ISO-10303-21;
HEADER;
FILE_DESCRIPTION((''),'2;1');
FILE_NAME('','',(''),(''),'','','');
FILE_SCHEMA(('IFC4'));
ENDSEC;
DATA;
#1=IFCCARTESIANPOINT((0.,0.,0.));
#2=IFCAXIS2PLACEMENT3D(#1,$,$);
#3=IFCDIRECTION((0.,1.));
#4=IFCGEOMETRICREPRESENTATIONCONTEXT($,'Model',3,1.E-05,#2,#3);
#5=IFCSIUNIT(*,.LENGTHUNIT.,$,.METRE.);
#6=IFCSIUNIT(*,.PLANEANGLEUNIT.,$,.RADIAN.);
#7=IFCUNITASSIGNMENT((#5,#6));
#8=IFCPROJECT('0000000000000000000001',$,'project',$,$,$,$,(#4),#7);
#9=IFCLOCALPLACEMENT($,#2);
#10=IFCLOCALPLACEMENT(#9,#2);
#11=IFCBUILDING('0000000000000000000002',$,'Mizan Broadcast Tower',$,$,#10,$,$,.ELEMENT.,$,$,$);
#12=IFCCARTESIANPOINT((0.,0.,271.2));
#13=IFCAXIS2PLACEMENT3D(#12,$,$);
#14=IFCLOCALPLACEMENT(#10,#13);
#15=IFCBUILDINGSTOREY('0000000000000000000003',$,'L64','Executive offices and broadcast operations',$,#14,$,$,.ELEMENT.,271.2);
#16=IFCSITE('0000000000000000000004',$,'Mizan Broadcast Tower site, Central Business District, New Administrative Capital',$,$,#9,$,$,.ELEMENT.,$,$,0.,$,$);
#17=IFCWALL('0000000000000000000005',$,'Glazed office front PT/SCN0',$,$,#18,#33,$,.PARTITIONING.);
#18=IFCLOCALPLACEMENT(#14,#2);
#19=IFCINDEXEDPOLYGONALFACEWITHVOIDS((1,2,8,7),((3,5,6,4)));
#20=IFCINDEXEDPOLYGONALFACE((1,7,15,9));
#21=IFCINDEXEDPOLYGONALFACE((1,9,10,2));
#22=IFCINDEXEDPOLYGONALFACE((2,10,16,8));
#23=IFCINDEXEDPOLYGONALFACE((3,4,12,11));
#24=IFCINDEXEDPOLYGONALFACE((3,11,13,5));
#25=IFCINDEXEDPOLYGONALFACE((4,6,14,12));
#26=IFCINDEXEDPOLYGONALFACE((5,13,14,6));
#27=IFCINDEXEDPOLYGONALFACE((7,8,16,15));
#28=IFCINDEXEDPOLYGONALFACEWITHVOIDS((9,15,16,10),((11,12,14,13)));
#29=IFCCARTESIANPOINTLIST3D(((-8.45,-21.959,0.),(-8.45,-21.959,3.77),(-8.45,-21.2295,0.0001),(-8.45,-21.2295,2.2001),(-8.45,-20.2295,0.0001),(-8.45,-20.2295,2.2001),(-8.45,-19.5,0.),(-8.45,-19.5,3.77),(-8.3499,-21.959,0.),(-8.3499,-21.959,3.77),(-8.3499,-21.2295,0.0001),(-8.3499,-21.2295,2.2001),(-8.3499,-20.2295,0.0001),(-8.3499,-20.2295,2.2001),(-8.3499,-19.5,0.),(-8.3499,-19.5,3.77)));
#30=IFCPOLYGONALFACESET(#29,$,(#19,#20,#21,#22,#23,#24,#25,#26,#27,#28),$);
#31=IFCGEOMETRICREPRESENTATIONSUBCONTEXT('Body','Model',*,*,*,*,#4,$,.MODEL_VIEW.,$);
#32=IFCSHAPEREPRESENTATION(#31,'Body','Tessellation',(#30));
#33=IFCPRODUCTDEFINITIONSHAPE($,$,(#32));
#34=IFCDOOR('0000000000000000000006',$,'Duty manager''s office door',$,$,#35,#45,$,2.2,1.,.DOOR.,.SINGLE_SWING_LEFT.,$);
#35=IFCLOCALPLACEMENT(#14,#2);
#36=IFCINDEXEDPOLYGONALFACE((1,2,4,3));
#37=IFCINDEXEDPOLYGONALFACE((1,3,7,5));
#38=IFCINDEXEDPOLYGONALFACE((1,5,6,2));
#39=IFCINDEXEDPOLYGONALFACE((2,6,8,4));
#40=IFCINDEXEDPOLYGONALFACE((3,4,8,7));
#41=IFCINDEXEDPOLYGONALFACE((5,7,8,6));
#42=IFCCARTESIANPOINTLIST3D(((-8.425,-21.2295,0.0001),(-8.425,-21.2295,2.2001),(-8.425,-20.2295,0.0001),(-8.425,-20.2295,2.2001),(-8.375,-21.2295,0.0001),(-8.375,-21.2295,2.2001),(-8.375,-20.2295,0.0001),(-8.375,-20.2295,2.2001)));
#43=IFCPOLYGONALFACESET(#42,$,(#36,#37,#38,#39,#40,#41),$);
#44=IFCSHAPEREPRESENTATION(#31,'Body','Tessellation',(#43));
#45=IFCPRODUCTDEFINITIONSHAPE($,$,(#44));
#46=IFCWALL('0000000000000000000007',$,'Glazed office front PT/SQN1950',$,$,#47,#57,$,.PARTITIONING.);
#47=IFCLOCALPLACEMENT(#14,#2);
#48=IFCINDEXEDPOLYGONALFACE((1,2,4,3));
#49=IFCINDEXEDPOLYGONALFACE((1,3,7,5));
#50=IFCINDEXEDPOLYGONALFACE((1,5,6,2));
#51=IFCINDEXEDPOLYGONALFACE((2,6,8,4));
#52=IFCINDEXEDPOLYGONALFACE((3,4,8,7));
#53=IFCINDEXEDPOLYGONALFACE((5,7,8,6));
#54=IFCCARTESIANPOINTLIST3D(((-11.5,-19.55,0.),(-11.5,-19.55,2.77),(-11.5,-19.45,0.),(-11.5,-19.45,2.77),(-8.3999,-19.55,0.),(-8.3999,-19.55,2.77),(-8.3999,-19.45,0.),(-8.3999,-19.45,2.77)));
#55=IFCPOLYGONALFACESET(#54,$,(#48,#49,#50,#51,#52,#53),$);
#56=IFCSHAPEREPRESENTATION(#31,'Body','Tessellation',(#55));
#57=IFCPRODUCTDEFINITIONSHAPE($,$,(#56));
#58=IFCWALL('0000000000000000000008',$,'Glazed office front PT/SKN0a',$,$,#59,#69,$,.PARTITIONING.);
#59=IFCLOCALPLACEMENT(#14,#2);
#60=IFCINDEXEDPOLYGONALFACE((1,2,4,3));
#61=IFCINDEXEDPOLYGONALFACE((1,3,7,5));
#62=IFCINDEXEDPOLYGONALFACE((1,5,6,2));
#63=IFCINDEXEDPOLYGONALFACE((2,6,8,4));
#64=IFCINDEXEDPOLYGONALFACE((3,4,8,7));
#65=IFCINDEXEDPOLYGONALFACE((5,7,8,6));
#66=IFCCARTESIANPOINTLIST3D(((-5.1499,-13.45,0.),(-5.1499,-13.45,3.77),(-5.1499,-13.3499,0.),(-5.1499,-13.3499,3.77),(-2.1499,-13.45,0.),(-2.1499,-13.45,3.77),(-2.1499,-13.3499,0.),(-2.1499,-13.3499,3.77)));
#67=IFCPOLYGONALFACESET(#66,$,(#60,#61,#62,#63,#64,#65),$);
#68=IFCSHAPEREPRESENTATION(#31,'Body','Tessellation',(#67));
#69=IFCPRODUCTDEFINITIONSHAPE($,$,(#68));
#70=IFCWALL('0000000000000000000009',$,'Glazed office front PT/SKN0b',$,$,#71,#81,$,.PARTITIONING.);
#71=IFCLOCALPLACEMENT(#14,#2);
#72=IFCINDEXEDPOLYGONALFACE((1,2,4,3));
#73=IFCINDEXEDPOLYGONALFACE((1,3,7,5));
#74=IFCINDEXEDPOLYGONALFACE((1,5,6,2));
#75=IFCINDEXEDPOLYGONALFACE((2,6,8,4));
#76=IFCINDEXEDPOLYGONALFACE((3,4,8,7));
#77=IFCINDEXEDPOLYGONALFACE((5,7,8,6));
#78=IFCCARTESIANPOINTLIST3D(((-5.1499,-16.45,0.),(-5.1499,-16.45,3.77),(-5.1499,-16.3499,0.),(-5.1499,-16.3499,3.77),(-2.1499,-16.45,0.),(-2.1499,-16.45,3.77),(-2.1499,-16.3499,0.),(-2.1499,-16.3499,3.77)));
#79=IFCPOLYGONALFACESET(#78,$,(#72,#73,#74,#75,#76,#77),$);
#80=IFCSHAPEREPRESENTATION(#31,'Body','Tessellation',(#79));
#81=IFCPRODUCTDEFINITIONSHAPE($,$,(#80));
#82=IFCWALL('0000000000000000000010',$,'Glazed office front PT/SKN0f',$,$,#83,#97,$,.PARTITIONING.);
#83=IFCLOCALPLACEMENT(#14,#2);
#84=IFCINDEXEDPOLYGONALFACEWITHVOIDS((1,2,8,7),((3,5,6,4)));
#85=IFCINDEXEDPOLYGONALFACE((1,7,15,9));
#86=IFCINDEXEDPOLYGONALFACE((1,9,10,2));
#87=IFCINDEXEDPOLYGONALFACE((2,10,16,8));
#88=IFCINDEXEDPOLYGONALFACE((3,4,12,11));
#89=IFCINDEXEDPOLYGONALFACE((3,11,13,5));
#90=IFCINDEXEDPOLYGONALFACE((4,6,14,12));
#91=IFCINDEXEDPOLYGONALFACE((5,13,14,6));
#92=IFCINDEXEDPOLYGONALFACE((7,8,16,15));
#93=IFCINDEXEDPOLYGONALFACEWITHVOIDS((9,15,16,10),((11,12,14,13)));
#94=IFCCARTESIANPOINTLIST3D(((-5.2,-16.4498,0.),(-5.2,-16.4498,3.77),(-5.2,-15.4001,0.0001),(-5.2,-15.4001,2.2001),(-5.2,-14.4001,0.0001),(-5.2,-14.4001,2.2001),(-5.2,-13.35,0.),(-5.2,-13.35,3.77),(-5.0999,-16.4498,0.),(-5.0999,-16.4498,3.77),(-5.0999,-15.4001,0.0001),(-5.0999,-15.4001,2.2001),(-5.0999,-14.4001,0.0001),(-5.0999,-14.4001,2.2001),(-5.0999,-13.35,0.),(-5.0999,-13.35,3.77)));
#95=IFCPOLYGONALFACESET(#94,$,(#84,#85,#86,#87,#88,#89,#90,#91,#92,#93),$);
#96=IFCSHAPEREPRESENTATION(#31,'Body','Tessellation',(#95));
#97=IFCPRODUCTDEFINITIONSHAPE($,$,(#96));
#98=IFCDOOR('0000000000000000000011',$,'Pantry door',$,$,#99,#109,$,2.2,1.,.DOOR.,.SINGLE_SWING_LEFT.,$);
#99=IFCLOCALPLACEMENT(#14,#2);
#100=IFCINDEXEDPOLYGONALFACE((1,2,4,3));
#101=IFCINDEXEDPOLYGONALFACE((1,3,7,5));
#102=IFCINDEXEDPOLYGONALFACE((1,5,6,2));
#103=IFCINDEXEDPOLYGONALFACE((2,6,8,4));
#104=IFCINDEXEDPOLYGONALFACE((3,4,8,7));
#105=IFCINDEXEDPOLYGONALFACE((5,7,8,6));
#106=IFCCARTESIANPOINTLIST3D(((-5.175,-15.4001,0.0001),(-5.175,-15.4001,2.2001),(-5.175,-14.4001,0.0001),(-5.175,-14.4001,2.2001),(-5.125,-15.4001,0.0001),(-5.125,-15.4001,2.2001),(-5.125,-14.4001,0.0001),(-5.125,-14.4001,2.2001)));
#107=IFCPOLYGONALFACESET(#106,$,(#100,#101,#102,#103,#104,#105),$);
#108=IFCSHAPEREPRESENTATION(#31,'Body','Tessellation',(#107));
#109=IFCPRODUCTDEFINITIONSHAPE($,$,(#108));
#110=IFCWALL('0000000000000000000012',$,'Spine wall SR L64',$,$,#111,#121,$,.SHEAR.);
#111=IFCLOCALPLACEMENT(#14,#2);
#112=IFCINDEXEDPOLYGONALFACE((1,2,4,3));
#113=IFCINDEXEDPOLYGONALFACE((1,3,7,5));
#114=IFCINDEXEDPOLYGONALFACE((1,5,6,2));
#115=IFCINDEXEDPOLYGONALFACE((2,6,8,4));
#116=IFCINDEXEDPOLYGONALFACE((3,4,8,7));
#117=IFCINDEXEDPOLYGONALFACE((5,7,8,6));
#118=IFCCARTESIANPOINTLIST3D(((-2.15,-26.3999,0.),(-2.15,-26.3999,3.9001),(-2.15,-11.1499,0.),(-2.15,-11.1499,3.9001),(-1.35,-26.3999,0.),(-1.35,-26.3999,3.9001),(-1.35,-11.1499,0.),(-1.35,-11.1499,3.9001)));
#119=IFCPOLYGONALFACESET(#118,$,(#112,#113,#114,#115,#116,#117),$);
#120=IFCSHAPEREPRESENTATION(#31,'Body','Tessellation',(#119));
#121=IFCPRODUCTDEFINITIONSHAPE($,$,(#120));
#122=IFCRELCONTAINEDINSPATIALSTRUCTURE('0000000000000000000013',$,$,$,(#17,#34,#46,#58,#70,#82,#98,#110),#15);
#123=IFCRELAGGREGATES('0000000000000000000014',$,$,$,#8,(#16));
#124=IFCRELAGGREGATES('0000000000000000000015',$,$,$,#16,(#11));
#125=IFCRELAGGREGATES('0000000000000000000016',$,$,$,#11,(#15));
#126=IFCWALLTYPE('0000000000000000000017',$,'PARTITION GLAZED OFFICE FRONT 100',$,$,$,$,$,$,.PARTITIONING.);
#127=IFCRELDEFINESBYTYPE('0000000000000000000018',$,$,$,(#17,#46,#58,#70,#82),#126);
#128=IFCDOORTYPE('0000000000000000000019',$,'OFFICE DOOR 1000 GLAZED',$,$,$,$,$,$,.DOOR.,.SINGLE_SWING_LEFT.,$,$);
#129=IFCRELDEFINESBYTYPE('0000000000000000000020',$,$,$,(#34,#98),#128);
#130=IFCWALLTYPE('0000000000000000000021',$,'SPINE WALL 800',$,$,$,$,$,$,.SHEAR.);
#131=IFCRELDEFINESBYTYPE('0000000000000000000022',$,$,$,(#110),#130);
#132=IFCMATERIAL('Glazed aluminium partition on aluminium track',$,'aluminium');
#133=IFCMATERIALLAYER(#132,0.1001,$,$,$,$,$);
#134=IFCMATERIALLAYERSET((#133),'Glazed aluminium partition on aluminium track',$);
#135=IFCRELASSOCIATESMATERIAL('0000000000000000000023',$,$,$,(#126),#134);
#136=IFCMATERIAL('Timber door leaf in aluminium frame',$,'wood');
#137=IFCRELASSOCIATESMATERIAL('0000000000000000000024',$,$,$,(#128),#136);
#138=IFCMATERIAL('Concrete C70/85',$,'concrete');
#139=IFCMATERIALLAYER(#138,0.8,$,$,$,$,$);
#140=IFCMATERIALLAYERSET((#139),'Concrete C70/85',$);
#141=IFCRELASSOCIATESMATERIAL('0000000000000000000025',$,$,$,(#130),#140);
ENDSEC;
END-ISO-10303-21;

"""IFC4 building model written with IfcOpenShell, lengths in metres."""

from ifc_helpers import new_model, si_unit, direction, frame, frame_2d, origin, place, context, subcontext, project, spatial, rectangle, extrude, material, layer, layer_set, type_object, element, fill, save


model = new_model("IFC4")

# Units and contexts
model_context = context("Model", 3, precision=1e-05, world=origin(), true_north=direction((0.0, 1.0)))
body_context = subcontext(model_context, "Body", "Model", "MODEL_VIEW")
ifc_project = project(units=[si_unit("LENGTHUNIT", "METRE"), si_unit("PLANEANGLEUNIT", "RADIAN")], contexts=[model_context])

# Site, building, storey
site_placement = place(None, origin())
site = spatial("IfcSite", under=ifc_project, at=site_placement, Name="Mizan Broadcast Tower site, Central Business District, New Administrative Capital", CompositionType="ELEMENT", RefElevation=0.0)
building_placement = place(site_placement, origin())
building = spatial("IfcBuilding", under=site, at=building_placement, Name="Mizan Broadcast Tower", CompositionType="ELEMENT")
storey_placement = place(building_placement, frame((0.0, 0.0, 271.2)))
storey = spatial("IfcBuildingStorey", under=building, at=storey_placement, Name="L64", Description="Executive offices and broadcast operations", CompositionType="ELEMENT", Elevation=271.2)

# Wall, opening, door
ifc_material_1 = material(Name="Glazed aluminium partition on aluminium track", Category="aluminium")
ifc_layer_1 = layer(ifc_material_1, 0.1001)
ifc_layer_set_1 = layer_set([ifc_layer_1], Name="Glazed aluminium partition on aluminium track")
wall_type_1 = type_object("IfcWallType", Name="PARTITION GLAZED OFFICE FRONT 100", PredefinedType="PARTITIONING", material=ifc_layer_set_1)
wall_1_placement = place(storey_placement, frame((-8.3999, -19.5, 0.0), z_axis=(0.0, 0.0, 1.0), x_axis=(0.0, -1.0, 0.0)))
wall_1 = element("IfcWall", 1, at=wall_1_placement, inside=storey, type_object=wall_type_1, Name="Glazed office front PT/SCN0", PredefinedType="PARTITIONING", context=body_context, shape_type="SweptSolid", body=[
    extrude(rectangle(XDim=2.459, YDim=0.1001, at=frame_2d((1.2295, 0.0))), origin(), (0.0, 0.0, 1.0), 3.77),
])
opening_1_placement = place(wall_1_placement, frame((0.7295, 0.0, 0.0)))
opening_1 = element("IfcOpeningElement", 2, at=opening_1_placement, cuts=wall_1, PredefinedType="OPENING", context=body_context, shape_type="SweptSolid", body=[
    extrude(rectangle(XDim=1.0, YDim=2.2, at=frame_2d((0.5, 1.1001))), frame((0.0, 0.0601, 0.0), z_axis=(0.0, -1.0, 0.0), x_axis=(1.0, 0.0, 0.0)), (0.0, 0.0, 1.0), 0.1201),
])
ifc_material_2 = material(Name="Timber door leaf in aluminium frame", Category="wood")
door_type_1 = type_object("IfcDoorType", Name="OFFICE DOOR 1000 GLAZED", OperationType="SINGLE_SWING_LEFT", PredefinedType="DOOR", material=ifc_material_2)
door_1_placement = place(opening_1_placement, origin())
door_1 = element("IfcDoor", 3, at=door_1_placement, inside=storey, type_object=door_type_1, Name="Duty manager's office door", OperationType="SINGLE_SWING_LEFT", OverallHeight=2.2, OverallWidth=1.0, PredefinedType="DOOR", context=body_context, shape_type="SweptSolid", body=[
    extrude(rectangle(XDim=1.0, YDim=2.2, at=frame_2d((0.5, 1.1001))), frame((0.0, 0.0249, 0.0), z_axis=(0.0, -1.0, 0.0), x_axis=(1.0, 0.0, 0.0)), (0.0, 0.0, 1.0), 0.05),
])
fill(opening_1, door_1)

# Walls
wall_2_placement = place(storey_placement, frame((-8.3999, -19.5, 0.0), z_axis=(0.0, 0.0, 1.0), x_axis=(-1.0, 0.0, 0.0)))
element("IfcWall", 4, at=wall_2_placement, inside=storey, type_object=wall_type_1, Name="Glazed office front PT/SQN1950", PredefinedType="PARTITIONING", context=body_context, shape_type="SweptSolid", body=[
    extrude(rectangle(XDim=3.1001, YDim=0.1001, at=frame_2d((1.55, 0.0))), origin(), (0.0, 0.0, 1.0), 2.77),
])
for number, where, z_axis, x_axis, name in (
    (5, (-2.1499, -13.3999, 0.0), (0.0, 0.0, 1.0), (-1.0, 0.0, 0.0), "Glazed office front PT/SKN0a"),
    (6, (-2.1499, -16.3999, 0.0), (0.0, 0.0, 1.0), (-1.0, 0.0, 0.0), "Glazed office front PT/SKN0b"),
):
    element("IfcWall", number, at=place(storey_placement, frame(where, z_axis=z_axis, x_axis=x_axis)), inside=storey, type_object=wall_type_1, Name=name, PredefinedType="PARTITIONING", context=body_context, shape_type="SweptSolid", body=[
        extrude(rectangle(XDim=3.0, YDim=0.1001, at=frame_2d((1.5, 0.0))), origin(), (0.0, 0.0, 1.0), 3.77),
    ])

# Wall, opening, door
wall_3_placement = place(storey_placement, frame((-5.1499, -13.3501, 0.0), z_axis=(0.0, 0.0, 1.0), x_axis=(0.0, -1.0, 0.0)))
wall_3 = element("IfcWall", 7, at=wall_3_placement, inside=storey, type_object=wall_type_1, Name="Glazed office front PT/SKN0f", PredefinedType="PARTITIONING", context=body_context, shape_type="SweptSolid", body=[
    extrude(rectangle(XDim=3.0999, YDim=0.1001, at=frame_2d((1.5498, 0.0))), origin(), (0.0, 0.0, 1.0), 3.77),
])
opening_2_placement = place(wall_3_placement, frame((1.05, 0.0, 0.0)))
opening_2 = element("IfcOpeningElement", 8, at=opening_2_placement, cuts=wall_3, PredefinedType="OPENING", context=body_context, shape_type="SweptSolid", body=[
    extrude(rectangle(XDim=1.0, YDim=2.2, at=frame_2d((0.5, 1.1001))), frame((0.0, 0.0601, 0.0), z_axis=(0.0, -1.0, 0.0), x_axis=(1.0, 0.0, 0.0)), (0.0, 0.0, 1.0), 0.1201),
])
door_2_placement = place(opening_2_placement, origin())
door_2 = element("IfcDoor", 9, at=door_2_placement, inside=storey, type_object=door_type_1, Name="Pantry door", OperationType="SINGLE_SWING_LEFT", OverallHeight=2.2, OverallWidth=1.0, PredefinedType="DOOR", context=body_context, shape_type="SweptSolid", body=[
    extrude(rectangle(XDim=1.0, YDim=2.2, at=frame_2d((0.5, 1.1001))), frame((0.0, 0.0249, 0.0), z_axis=(0.0, -1.0, 0.0), x_axis=(1.0, 0.0, 0.0)), (0.0, 0.0, 1.0), 0.05),
])
fill(opening_2, door_2)

# Wall
ifc_material_3 = material(Name="Concrete C70/85", Category="concrete")
ifc_layer_2 = layer(ifc_material_3, 0.8)
ifc_layer_set_2 = layer_set([ifc_layer_2], Name="Concrete C70/85")
wall_type_2 = type_object("IfcWallType", Name="SPINE WALL 800", PredefinedType="SHEAR", material=ifc_layer_set_2)
wall_4_placement = place(storey_placement, frame((-1.75, -11.1499, 0.0), z_axis=(0.0, 0.0, 1.0), x_axis=(0.0, -1.0, 0.0)))
element("IfcWall", 10, at=wall_4_placement, inside=storey, type_object=wall_type_2, Name="Spine wall SR L64", PredefinedType="SHEAR", context=body_context, shape_type="SweptSolid", body=[
    extrude(rectangle(XDim=15.25, YDim=0.8, at=frame_2d((7.625, 0.0))), origin(), (0.0, 0.0, 1.0), 3.9001),
])

save(model, "model.ifc")
